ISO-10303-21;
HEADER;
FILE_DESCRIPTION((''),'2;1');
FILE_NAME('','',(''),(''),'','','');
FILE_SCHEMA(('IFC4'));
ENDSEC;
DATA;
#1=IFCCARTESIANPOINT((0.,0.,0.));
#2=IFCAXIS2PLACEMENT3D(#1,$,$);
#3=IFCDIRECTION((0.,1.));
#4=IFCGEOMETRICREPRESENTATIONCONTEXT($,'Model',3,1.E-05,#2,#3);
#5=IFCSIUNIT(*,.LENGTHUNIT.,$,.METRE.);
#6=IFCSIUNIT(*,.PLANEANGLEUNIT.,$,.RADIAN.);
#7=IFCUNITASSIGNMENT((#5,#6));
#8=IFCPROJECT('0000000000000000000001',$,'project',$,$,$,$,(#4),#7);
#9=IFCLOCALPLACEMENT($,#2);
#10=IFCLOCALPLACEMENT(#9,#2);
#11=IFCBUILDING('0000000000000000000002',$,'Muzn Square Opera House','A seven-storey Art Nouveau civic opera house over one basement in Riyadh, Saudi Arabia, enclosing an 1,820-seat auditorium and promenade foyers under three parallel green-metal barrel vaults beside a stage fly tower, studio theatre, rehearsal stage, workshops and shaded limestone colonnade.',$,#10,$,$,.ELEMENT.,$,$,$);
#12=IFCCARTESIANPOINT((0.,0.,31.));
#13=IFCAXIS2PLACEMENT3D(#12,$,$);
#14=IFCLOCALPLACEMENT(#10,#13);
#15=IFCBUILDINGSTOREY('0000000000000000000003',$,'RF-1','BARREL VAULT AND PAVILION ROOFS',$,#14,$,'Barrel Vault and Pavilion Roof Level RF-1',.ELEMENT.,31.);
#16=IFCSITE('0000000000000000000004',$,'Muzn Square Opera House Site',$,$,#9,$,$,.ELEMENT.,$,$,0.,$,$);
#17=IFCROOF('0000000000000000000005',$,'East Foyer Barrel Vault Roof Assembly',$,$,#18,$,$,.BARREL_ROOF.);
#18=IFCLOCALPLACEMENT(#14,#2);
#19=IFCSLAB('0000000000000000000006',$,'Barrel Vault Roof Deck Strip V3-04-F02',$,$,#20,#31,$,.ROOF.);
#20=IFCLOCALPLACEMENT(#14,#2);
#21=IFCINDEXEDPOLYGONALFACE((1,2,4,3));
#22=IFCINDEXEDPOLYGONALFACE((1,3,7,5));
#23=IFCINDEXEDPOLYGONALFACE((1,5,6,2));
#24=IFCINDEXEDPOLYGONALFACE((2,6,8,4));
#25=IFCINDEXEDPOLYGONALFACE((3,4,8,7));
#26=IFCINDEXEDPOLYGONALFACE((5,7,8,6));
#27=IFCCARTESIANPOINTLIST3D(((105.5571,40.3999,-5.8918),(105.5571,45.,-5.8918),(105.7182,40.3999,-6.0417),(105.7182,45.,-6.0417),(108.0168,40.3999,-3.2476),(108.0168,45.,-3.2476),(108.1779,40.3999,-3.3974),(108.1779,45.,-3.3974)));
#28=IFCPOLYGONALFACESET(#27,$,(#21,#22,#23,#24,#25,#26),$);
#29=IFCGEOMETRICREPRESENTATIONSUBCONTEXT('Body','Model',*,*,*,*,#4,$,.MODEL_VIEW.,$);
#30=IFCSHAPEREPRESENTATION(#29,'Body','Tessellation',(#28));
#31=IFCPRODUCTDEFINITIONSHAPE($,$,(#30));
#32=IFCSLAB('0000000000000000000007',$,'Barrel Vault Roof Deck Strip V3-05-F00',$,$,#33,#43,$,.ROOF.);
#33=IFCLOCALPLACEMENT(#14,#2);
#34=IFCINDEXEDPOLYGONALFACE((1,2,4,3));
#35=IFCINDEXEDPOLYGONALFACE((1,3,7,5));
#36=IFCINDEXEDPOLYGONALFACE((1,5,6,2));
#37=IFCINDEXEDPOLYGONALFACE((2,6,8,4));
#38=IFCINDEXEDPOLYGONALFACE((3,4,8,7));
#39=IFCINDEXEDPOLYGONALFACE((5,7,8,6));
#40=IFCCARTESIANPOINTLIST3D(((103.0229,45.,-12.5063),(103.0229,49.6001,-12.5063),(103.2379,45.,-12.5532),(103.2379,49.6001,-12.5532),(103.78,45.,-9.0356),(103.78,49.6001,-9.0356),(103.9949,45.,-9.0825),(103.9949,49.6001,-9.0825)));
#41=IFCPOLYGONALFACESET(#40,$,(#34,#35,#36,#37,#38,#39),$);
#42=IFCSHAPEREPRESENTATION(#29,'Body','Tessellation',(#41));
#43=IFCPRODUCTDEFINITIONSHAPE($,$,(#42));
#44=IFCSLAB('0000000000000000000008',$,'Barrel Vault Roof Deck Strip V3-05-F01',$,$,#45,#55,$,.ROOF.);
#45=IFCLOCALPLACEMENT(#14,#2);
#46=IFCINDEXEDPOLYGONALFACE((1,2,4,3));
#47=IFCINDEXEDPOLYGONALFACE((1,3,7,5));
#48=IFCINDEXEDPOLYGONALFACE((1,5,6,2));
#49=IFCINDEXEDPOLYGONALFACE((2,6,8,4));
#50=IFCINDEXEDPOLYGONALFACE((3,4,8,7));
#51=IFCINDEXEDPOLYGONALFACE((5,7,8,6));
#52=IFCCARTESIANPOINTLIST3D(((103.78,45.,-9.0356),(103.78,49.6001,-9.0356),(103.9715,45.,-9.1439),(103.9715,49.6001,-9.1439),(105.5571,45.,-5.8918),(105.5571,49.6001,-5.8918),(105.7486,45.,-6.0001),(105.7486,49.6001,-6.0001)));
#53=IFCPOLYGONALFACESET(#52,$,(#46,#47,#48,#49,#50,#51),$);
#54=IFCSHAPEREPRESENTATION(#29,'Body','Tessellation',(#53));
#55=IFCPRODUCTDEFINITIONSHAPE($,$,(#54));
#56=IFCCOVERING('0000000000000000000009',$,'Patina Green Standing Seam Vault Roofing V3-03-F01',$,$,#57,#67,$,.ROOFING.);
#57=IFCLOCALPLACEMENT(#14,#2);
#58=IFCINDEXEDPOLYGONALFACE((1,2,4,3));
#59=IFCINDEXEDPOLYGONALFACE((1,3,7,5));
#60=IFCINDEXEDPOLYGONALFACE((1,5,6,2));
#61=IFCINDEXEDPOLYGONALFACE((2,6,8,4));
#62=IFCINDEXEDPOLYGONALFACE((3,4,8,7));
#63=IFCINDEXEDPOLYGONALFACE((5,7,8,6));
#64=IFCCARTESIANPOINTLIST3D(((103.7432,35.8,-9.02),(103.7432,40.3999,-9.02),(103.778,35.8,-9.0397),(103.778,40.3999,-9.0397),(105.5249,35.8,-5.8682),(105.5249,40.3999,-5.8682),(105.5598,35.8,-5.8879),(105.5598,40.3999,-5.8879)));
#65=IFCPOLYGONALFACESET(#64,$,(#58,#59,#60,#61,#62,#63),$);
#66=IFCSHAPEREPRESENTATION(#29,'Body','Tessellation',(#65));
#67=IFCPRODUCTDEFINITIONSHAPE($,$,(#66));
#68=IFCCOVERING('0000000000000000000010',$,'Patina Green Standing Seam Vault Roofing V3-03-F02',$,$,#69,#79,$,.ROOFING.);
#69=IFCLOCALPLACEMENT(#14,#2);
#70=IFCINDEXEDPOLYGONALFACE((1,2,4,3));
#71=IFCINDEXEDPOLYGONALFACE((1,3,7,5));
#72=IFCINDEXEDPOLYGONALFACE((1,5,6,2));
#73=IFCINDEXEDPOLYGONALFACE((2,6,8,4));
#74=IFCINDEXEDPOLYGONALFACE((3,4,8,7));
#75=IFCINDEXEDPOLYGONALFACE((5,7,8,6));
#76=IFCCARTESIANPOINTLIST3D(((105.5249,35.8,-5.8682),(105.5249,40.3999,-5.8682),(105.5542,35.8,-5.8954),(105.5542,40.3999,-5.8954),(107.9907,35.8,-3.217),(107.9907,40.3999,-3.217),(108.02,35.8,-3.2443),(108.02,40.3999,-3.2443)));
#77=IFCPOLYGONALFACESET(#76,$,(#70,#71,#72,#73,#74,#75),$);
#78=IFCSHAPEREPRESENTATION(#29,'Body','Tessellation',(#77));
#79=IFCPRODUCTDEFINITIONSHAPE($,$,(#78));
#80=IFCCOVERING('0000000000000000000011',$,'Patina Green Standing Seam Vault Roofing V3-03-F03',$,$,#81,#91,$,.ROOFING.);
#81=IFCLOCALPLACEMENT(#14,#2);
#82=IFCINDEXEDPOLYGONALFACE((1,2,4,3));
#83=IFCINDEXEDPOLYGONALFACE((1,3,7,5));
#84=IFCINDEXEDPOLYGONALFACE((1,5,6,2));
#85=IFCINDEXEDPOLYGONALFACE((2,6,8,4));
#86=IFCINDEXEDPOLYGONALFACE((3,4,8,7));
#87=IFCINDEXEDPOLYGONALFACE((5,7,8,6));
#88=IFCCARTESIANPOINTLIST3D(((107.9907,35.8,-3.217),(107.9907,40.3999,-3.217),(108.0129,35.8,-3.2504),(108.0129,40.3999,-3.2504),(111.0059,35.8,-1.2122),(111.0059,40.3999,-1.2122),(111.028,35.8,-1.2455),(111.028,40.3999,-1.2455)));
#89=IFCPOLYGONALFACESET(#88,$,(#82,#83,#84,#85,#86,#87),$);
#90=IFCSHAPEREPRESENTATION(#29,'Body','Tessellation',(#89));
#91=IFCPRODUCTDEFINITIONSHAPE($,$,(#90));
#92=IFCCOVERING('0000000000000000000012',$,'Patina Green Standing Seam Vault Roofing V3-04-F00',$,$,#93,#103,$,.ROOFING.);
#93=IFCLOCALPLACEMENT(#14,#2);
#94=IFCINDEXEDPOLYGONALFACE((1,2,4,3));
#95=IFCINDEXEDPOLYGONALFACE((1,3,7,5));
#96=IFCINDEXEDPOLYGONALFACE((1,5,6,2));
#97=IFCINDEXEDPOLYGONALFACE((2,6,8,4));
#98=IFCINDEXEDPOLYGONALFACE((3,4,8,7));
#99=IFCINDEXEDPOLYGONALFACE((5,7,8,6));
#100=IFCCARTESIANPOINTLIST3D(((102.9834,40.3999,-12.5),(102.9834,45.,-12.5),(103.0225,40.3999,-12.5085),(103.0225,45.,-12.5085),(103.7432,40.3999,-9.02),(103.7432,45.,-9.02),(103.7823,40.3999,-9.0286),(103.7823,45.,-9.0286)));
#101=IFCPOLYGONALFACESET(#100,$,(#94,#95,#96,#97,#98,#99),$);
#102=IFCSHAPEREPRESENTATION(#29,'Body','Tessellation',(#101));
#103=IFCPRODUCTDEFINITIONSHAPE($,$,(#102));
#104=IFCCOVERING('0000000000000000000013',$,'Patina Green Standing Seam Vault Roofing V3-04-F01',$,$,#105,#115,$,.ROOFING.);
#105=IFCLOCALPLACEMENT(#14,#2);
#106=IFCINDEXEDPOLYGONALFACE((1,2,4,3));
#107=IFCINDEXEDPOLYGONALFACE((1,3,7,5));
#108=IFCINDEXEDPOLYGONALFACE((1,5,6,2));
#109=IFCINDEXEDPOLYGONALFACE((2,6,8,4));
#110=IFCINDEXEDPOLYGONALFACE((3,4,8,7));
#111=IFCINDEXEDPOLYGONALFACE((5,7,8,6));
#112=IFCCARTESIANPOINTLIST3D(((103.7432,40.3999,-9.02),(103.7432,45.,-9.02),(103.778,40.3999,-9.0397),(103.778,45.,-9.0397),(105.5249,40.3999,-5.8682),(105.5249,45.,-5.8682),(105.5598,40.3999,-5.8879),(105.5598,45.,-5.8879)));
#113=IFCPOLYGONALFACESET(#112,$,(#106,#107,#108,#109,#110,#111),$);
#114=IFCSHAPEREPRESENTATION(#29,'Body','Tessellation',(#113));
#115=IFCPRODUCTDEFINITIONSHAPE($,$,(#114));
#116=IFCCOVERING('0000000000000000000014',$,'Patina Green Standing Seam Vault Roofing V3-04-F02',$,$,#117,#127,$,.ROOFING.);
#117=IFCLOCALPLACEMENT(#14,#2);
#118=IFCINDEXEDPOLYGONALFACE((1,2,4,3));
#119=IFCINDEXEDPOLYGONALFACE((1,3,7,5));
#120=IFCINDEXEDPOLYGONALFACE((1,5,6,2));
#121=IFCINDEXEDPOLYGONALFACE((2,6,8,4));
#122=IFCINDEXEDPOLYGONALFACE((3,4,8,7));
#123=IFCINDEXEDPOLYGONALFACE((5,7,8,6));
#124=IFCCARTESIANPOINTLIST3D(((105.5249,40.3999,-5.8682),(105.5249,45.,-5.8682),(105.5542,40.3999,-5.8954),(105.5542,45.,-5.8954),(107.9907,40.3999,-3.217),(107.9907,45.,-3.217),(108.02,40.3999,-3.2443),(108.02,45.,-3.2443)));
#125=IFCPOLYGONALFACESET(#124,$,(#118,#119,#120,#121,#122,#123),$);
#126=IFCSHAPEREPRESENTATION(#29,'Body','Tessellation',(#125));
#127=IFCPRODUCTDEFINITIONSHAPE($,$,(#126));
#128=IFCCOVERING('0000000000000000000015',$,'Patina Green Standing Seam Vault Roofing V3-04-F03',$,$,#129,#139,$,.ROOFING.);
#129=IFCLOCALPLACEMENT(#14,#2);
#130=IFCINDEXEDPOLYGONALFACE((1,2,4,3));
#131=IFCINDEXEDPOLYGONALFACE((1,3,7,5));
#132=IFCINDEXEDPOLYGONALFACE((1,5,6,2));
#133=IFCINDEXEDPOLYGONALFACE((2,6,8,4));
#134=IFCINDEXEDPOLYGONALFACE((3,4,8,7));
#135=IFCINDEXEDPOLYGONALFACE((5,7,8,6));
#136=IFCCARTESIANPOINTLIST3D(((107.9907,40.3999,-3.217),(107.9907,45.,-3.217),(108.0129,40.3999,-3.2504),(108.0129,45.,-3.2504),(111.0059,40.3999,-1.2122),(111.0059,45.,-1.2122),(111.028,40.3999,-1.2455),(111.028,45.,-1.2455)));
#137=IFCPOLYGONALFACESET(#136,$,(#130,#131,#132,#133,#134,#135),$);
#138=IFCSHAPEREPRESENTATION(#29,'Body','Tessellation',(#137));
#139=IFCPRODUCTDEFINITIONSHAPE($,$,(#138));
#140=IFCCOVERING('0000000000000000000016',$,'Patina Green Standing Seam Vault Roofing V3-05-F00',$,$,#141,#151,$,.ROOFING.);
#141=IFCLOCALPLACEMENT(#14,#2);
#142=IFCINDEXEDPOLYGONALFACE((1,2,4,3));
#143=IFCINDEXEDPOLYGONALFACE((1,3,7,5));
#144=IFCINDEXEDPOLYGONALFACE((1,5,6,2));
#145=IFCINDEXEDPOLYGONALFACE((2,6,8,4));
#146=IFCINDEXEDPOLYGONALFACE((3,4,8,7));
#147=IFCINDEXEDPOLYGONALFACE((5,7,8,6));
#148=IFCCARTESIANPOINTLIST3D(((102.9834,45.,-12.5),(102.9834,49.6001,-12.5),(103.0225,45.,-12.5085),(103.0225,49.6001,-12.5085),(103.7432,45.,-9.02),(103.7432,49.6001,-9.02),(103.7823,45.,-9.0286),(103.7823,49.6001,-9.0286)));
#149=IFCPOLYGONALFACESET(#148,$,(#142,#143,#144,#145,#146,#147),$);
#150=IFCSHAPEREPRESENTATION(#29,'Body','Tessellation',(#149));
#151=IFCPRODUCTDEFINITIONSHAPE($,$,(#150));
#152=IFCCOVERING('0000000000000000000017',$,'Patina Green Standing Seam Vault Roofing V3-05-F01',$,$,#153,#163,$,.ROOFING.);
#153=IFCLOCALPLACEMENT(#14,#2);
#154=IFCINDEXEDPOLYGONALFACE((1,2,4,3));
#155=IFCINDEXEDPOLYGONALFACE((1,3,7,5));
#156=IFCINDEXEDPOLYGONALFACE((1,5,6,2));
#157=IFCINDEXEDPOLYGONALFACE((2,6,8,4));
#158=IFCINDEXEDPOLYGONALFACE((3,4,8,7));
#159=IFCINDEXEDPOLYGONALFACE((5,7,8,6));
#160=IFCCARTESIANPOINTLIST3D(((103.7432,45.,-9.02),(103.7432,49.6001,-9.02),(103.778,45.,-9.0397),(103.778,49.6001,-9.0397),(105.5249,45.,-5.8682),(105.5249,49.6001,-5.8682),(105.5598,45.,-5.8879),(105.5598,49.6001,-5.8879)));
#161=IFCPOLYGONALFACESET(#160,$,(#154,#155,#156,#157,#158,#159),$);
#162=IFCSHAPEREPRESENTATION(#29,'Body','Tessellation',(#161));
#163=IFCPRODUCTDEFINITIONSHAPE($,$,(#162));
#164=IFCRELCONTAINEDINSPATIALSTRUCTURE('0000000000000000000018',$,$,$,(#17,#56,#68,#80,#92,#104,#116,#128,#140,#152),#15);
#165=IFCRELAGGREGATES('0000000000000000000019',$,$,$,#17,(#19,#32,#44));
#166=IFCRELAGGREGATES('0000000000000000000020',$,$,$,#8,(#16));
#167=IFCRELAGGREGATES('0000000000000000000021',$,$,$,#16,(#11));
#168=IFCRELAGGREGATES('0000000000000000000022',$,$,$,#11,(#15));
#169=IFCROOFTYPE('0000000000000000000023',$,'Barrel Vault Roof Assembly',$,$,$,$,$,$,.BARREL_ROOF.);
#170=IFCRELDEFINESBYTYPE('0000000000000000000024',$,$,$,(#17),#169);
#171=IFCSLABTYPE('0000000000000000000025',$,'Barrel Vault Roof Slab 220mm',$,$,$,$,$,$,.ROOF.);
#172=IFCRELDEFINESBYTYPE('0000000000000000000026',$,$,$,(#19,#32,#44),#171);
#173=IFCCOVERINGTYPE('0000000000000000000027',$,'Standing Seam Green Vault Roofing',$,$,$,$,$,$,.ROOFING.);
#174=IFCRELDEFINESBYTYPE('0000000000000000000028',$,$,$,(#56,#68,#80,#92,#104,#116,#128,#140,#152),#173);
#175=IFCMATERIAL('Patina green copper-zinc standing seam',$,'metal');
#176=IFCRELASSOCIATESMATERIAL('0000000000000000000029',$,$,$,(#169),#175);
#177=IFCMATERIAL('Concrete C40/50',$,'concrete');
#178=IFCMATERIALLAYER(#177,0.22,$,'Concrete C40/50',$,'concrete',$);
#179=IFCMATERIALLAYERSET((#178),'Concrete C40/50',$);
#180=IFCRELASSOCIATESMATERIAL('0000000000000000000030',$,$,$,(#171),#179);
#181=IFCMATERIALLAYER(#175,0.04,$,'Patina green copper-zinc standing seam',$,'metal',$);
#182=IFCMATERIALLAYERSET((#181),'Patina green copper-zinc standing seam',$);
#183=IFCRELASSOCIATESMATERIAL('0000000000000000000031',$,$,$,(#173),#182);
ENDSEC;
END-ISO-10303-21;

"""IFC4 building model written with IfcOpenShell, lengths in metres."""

from ifc_helpers import new_model, si_unit, direction, frame, origin, place, context, subcontext, project, spatial, polyline, outline, extrude, material, layer, layer_set, type_object, element, aggregate, save


model = new_model("IFC4")

# Units and contexts
model_context = context("Model", 3, precision=1e-05, world=origin(), true_north=direction((0.0, 1.0)))
body_context = subcontext(model_context, "Body", "Model", "MODEL_VIEW")
ifc_project = project(units=[si_unit("LENGTHUNIT", "METRE"), si_unit("PLANEANGLEUNIT", "RADIAN")], contexts=[model_context])

# Site, building, storey
site_placement = place(None, origin())
site = spatial("IfcSite", under=ifc_project, at=site_placement, Name="Muzn Square Opera House Site", CompositionType="ELEMENT", RefElevation=0.0)
building_placement = place(site_placement, origin())
building = spatial("IfcBuilding", under=site, at=building_placement, Name="Muzn Square Opera House", Description="A seven-storey Art Nouveau civic opera house over one basement in Riyadh, Saudi Arabia, enclosing an 1,820-seat auditorium and promenade foyers under three parallel green-metal barrel vaults beside a stage fly tower, studio theatre, rehearsal stage, workshops and shaded limestone colonnade.", CompositionType="ELEMENT")
storey_placement = place(building_placement, frame((0.0, 0.0, 31.0)))
storey = spatial("IfcBuildingStorey", under=building, at=storey_placement, Name="RF-1", Description="BARREL VAULT AND PAVILION ROOFS", LongName="Barrel Vault and Pavilion Roof Level RF-1", CompositionType="ELEMENT", Elevation=31.0)

# Roof, slabs
ifc_material_1 = material(Name="Patina green copper-zinc standing seam", Category="metal")
roof_type = type_object("IfcRoofType", Name="Barrel Vault Roof Assembly", PredefinedType="BARREL_ROOF", material=ifc_material_1)
roof_placement = place(storey_placement, origin())
roof = element("IfcRoof", 1, at=roof_placement, inside=storey, type_object=roof_type, Name="East Foyer Barrel Vault Roof Assembly", PredefinedType="BARREL_ROOF")
ifc_material_2 = material(Name="Concrete C40/50", Category="concrete")
ifc_layer_1 = layer(ifc_material_2, 0.22, Name="Concrete C40/50", Category="concrete")
ifc_layer_set_1 = layer_set([ifc_layer_1], Name="Concrete C40/50")
slab_type = type_object("IfcSlabType", Name="Barrel Vault Roof Slab 220mm", PredefinedType="ROOF", material=ifc_layer_set_1)
slab_1_placement = place(storey_placement, frame((108.0168, 40.3999, -3.2476), z_axis=(-0.732198, 0.0, 0.681091), x_axis=(0.0, 1.0, 0.0)))
slab_1 = element("IfcSlab", 2, at=slab_1_placement, type_object=slab_type, Name="Barrel Vault Roof Deck Strip V3-04-F02", PredefinedType="ROOF", context=body_context, shape_type="SweptSolid", body=[
    extrude(outline(polyline([(0.0, 3.6114), (0.0, 0.0), (4.6001, 0.0), (4.6001, 3.6114), (0.0, 3.6114)])), origin(), (0.0, 0.0, -1.0), 0.22),
])
slab_2_placement = place(storey_placement, frame((103.78, 45.0, -9.0356), z_axis=(-0.977025, 0.0, 0.213123), x_axis=(0.0, 1.0, 0.0)))
slab_2 = element("IfcSlab", 3, at=slab_2_placement, type_object=slab_type, Name="Barrel Vault Roof Deck Strip V3-05-F00", PredefinedType="ROOF", context=body_context, shape_type="SweptSolid", body=[
    extrude(outline(polyline([(0.0, 3.5523), (0.0, 0.0), (4.6001, 0.0), (4.6001, 3.5523), (0.0, 3.5523)])), origin(), (0.0, 0.0, -1.0), 0.22),
])
slab_3_placement = place(storey_placement, frame((105.5571, 45.0, -5.8918), z_axis=(-0.870543, 0.0, 0.492093), x_axis=(0.0, 1.0, 0.0)))
slab_3 = element("IfcSlab", 4, at=slab_3_placement, type_object=slab_type, Name="Barrel Vault Roof Deck Strip V3-05-F01", PredefinedType="ROOF", context=body_context, shape_type="SweptSolid", body=[
    extrude(outline(polyline([(0.0, 3.6113), (0.0, 0.0), (4.6001, 0.0), (4.6001, 3.6113), (0.0, 3.6113)])), origin(), (0.0, 0.0, -1.0), 0.22),
])
aggregate(roof, [slab_1, slab_2, slab_3])

# Coverings
ifc_layer_2 = layer(ifc_material_1, 0.04, Name="Patina green copper-zinc standing seam", Category="metal")
ifc_layer_set_2 = layer_set([ifc_layer_2], Name="Patina green copper-zinc standing seam")
covering_type = type_object("IfcCoveringType", Name="Standing Seam Green Vault Roofing", PredefinedType="ROOFING", material=ifc_layer_set_2)
covering_1_placement = place(storey_placement, frame((105.5249, 35.8, -5.8682), z_axis=(-0.870533, 0.0, 0.492111), x_axis=(0.0, 1.0, 0.0)))
element("IfcCovering", 5, at=covering_1_placement, inside=storey, type_object=covering_type, Name="Patina Green Standing Seam Vault Roofing V3-03-F01", PredefinedType="ROOFING", context=body_context, shape_type="SweptSolid", body=[
    extrude(outline(polyline([(0.0, 3.6206), (0.0, 0.0), (4.5999, 0.0), (4.5999, 3.6206), (0.0, 3.6206)])), origin(), (0.0, 0.0, -1.0), 0.04),
])
covering_2_placement = place(storey_placement, frame((107.9907, 35.8, -3.217), z_axis=(-0.732234, 0.0, 0.681053), x_axis=(0.0, 1.0, 0.0)))
element("IfcCovering", 6, at=covering_2_placement, inside=storey, type_object=covering_type, Name="Patina Green Standing Seam Vault Roofing V3-03-F02", PredefinedType="ROOFING", context=body_context, shape_type="SweptSolid", body=[
    extrude(outline(polyline([(0.0, 3.6206), (0.0, 0.0), (4.5999, 0.0), (4.5999, 3.6206), (0.0, 3.6206)])), origin(), (0.0, 0.0, -1.0), 0.04),
])
covering_3_placement = place(storey_placement, frame((111.0059, 35.8, -1.2122), z_axis=(-0.553704, 0.0, 0.832714), x_axis=(0.0, 1.0, 0.0)))
element("IfcCovering", 7, at=covering_3_placement, inside=storey, type_object=covering_type, Name="Patina Green Standing Seam Vault Roofing V3-03-F03", PredefinedType="ROOFING", context=body_context, shape_type="SweptSolid", body=[
    extrude(outline(polyline([(0.0, 3.6209), (0.0, 0.0), (4.5999, 0.0), (4.5999, 3.6209), (0.0, 3.6209)])), origin(), (0.0, 0.0, -1.0), 0.04),
])
covering_4_placement = place(storey_placement, frame((103.7432, 40.3999, -9.02), z_axis=(-0.976987, 0.0, 0.2133), x_axis=(0.0, 1.0, 0.0)))
element("IfcCovering", 8, at=covering_4_placement, inside=storey, type_object=covering_type, Name="Patina Green Standing Seam Vault Roofing V3-04-F00", PredefinedType="ROOFING", context=body_context, shape_type="SweptSolid", body=[
    extrude(outline(polyline([(0.0, 3.562), (0.0, 0.0), (4.6001, 0.0), (4.6001, 3.562), (0.0, 3.562)])), origin(), (0.0, 0.0, -1.0), 0.04),
])
covering_5_placement = place(storey_placement, frame((105.5249, 40.3999, -5.8682), z_axis=(-0.870533, 0.0, 0.492111), x_axis=(0.0, 1.0, 0.0)))
element("IfcCovering", 9, at=covering_5_placement, inside=storey, type_object=covering_type, Name="Patina Green Standing Seam Vault Roofing V3-04-F01", PredefinedType="ROOFING", context=body_context, shape_type="SweptSolid", body=[
    extrude(outline(polyline([(0.0, 3.6206), (0.0, 0.0), (4.6001, 0.0), (4.6001, 3.6206), (0.0, 3.6206)])), origin(), (0.0, 0.0, -1.0), 0.04),
])
covering_6_placement = place(storey_placement, frame((107.9907, 40.3999, -3.217), z_axis=(-0.732234, 0.0, 0.681053), x_axis=(0.0, 1.0, 0.0)))
element("IfcCovering", 10, at=covering_6_placement, inside=storey, type_object=covering_type, Name="Patina Green Standing Seam Vault Roofing V3-04-F02", PredefinedType="ROOFING", context=body_context, shape_type="SweptSolid", body=[
    extrude(outline(polyline([(0.0, 3.6206), (0.0, 0.0), (4.6001, 0.0), (4.6001, 3.6206), (0.0, 3.6206)])), origin(), (0.0, 0.0, -1.0), 0.04),
])
covering_7_placement = place(storey_placement, frame((111.0059, 40.3999, -1.2122), z_axis=(-0.553704, 0.0, 0.832714), x_axis=(0.0, 1.0, 0.0)))
element("IfcCovering", 11, at=covering_7_placement, inside=storey, type_object=covering_type, Name="Patina Green Standing Seam Vault Roofing V3-04-F03", PredefinedType="ROOFING", context=body_context, shape_type="SweptSolid", body=[
    extrude(outline(polyline([(0.0, 3.6209), (0.0, 0.0), (4.6001, 0.0), (4.6001, 3.6209), (0.0, 3.6209)])), origin(), (0.0, 0.0, -1.0), 0.04),
])
covering_8_placement = place(storey_placement, frame((103.7432, 45.0, -9.02), z_axis=(-0.976987, 0.0, 0.2133), x_axis=(0.0, 1.0, 0.0)))
element("IfcCovering", 12, at=covering_8_placement, inside=storey, type_object=covering_type, Name="Patina Green Standing Seam Vault Roofing V3-05-F00", PredefinedType="ROOFING", context=body_context, shape_type="SweptSolid", body=[
    extrude(outline(polyline([(0.0, 3.562), (0.0, 0.0), (4.6001, 0.0), (4.6001, 3.562), (0.0, 3.562)])), origin(), (0.0, 0.0, -1.0), 0.04),
])
covering_9_placement = place(storey_placement, frame((105.5249, 45.0, -5.8682), z_axis=(-0.870533, 0.0, 0.492111), x_axis=(0.0, 1.0, 0.0)))
element("IfcCovering", 13, at=covering_9_placement, inside=storey, type_object=covering_type, Name="Patina Green Standing Seam Vault Roofing V3-05-F01", PredefinedType="ROOFING", context=body_context, shape_type="SweptSolid", body=[
    extrude(outline(polyline([(0.0, 3.6206), (0.0, 0.0), (4.6001, 0.0), (4.6001, 3.6206), (0.0, 3.6206)])), origin(), (0.0, 0.0, -1.0), 0.04),
])

save(model, "model.ifc")
